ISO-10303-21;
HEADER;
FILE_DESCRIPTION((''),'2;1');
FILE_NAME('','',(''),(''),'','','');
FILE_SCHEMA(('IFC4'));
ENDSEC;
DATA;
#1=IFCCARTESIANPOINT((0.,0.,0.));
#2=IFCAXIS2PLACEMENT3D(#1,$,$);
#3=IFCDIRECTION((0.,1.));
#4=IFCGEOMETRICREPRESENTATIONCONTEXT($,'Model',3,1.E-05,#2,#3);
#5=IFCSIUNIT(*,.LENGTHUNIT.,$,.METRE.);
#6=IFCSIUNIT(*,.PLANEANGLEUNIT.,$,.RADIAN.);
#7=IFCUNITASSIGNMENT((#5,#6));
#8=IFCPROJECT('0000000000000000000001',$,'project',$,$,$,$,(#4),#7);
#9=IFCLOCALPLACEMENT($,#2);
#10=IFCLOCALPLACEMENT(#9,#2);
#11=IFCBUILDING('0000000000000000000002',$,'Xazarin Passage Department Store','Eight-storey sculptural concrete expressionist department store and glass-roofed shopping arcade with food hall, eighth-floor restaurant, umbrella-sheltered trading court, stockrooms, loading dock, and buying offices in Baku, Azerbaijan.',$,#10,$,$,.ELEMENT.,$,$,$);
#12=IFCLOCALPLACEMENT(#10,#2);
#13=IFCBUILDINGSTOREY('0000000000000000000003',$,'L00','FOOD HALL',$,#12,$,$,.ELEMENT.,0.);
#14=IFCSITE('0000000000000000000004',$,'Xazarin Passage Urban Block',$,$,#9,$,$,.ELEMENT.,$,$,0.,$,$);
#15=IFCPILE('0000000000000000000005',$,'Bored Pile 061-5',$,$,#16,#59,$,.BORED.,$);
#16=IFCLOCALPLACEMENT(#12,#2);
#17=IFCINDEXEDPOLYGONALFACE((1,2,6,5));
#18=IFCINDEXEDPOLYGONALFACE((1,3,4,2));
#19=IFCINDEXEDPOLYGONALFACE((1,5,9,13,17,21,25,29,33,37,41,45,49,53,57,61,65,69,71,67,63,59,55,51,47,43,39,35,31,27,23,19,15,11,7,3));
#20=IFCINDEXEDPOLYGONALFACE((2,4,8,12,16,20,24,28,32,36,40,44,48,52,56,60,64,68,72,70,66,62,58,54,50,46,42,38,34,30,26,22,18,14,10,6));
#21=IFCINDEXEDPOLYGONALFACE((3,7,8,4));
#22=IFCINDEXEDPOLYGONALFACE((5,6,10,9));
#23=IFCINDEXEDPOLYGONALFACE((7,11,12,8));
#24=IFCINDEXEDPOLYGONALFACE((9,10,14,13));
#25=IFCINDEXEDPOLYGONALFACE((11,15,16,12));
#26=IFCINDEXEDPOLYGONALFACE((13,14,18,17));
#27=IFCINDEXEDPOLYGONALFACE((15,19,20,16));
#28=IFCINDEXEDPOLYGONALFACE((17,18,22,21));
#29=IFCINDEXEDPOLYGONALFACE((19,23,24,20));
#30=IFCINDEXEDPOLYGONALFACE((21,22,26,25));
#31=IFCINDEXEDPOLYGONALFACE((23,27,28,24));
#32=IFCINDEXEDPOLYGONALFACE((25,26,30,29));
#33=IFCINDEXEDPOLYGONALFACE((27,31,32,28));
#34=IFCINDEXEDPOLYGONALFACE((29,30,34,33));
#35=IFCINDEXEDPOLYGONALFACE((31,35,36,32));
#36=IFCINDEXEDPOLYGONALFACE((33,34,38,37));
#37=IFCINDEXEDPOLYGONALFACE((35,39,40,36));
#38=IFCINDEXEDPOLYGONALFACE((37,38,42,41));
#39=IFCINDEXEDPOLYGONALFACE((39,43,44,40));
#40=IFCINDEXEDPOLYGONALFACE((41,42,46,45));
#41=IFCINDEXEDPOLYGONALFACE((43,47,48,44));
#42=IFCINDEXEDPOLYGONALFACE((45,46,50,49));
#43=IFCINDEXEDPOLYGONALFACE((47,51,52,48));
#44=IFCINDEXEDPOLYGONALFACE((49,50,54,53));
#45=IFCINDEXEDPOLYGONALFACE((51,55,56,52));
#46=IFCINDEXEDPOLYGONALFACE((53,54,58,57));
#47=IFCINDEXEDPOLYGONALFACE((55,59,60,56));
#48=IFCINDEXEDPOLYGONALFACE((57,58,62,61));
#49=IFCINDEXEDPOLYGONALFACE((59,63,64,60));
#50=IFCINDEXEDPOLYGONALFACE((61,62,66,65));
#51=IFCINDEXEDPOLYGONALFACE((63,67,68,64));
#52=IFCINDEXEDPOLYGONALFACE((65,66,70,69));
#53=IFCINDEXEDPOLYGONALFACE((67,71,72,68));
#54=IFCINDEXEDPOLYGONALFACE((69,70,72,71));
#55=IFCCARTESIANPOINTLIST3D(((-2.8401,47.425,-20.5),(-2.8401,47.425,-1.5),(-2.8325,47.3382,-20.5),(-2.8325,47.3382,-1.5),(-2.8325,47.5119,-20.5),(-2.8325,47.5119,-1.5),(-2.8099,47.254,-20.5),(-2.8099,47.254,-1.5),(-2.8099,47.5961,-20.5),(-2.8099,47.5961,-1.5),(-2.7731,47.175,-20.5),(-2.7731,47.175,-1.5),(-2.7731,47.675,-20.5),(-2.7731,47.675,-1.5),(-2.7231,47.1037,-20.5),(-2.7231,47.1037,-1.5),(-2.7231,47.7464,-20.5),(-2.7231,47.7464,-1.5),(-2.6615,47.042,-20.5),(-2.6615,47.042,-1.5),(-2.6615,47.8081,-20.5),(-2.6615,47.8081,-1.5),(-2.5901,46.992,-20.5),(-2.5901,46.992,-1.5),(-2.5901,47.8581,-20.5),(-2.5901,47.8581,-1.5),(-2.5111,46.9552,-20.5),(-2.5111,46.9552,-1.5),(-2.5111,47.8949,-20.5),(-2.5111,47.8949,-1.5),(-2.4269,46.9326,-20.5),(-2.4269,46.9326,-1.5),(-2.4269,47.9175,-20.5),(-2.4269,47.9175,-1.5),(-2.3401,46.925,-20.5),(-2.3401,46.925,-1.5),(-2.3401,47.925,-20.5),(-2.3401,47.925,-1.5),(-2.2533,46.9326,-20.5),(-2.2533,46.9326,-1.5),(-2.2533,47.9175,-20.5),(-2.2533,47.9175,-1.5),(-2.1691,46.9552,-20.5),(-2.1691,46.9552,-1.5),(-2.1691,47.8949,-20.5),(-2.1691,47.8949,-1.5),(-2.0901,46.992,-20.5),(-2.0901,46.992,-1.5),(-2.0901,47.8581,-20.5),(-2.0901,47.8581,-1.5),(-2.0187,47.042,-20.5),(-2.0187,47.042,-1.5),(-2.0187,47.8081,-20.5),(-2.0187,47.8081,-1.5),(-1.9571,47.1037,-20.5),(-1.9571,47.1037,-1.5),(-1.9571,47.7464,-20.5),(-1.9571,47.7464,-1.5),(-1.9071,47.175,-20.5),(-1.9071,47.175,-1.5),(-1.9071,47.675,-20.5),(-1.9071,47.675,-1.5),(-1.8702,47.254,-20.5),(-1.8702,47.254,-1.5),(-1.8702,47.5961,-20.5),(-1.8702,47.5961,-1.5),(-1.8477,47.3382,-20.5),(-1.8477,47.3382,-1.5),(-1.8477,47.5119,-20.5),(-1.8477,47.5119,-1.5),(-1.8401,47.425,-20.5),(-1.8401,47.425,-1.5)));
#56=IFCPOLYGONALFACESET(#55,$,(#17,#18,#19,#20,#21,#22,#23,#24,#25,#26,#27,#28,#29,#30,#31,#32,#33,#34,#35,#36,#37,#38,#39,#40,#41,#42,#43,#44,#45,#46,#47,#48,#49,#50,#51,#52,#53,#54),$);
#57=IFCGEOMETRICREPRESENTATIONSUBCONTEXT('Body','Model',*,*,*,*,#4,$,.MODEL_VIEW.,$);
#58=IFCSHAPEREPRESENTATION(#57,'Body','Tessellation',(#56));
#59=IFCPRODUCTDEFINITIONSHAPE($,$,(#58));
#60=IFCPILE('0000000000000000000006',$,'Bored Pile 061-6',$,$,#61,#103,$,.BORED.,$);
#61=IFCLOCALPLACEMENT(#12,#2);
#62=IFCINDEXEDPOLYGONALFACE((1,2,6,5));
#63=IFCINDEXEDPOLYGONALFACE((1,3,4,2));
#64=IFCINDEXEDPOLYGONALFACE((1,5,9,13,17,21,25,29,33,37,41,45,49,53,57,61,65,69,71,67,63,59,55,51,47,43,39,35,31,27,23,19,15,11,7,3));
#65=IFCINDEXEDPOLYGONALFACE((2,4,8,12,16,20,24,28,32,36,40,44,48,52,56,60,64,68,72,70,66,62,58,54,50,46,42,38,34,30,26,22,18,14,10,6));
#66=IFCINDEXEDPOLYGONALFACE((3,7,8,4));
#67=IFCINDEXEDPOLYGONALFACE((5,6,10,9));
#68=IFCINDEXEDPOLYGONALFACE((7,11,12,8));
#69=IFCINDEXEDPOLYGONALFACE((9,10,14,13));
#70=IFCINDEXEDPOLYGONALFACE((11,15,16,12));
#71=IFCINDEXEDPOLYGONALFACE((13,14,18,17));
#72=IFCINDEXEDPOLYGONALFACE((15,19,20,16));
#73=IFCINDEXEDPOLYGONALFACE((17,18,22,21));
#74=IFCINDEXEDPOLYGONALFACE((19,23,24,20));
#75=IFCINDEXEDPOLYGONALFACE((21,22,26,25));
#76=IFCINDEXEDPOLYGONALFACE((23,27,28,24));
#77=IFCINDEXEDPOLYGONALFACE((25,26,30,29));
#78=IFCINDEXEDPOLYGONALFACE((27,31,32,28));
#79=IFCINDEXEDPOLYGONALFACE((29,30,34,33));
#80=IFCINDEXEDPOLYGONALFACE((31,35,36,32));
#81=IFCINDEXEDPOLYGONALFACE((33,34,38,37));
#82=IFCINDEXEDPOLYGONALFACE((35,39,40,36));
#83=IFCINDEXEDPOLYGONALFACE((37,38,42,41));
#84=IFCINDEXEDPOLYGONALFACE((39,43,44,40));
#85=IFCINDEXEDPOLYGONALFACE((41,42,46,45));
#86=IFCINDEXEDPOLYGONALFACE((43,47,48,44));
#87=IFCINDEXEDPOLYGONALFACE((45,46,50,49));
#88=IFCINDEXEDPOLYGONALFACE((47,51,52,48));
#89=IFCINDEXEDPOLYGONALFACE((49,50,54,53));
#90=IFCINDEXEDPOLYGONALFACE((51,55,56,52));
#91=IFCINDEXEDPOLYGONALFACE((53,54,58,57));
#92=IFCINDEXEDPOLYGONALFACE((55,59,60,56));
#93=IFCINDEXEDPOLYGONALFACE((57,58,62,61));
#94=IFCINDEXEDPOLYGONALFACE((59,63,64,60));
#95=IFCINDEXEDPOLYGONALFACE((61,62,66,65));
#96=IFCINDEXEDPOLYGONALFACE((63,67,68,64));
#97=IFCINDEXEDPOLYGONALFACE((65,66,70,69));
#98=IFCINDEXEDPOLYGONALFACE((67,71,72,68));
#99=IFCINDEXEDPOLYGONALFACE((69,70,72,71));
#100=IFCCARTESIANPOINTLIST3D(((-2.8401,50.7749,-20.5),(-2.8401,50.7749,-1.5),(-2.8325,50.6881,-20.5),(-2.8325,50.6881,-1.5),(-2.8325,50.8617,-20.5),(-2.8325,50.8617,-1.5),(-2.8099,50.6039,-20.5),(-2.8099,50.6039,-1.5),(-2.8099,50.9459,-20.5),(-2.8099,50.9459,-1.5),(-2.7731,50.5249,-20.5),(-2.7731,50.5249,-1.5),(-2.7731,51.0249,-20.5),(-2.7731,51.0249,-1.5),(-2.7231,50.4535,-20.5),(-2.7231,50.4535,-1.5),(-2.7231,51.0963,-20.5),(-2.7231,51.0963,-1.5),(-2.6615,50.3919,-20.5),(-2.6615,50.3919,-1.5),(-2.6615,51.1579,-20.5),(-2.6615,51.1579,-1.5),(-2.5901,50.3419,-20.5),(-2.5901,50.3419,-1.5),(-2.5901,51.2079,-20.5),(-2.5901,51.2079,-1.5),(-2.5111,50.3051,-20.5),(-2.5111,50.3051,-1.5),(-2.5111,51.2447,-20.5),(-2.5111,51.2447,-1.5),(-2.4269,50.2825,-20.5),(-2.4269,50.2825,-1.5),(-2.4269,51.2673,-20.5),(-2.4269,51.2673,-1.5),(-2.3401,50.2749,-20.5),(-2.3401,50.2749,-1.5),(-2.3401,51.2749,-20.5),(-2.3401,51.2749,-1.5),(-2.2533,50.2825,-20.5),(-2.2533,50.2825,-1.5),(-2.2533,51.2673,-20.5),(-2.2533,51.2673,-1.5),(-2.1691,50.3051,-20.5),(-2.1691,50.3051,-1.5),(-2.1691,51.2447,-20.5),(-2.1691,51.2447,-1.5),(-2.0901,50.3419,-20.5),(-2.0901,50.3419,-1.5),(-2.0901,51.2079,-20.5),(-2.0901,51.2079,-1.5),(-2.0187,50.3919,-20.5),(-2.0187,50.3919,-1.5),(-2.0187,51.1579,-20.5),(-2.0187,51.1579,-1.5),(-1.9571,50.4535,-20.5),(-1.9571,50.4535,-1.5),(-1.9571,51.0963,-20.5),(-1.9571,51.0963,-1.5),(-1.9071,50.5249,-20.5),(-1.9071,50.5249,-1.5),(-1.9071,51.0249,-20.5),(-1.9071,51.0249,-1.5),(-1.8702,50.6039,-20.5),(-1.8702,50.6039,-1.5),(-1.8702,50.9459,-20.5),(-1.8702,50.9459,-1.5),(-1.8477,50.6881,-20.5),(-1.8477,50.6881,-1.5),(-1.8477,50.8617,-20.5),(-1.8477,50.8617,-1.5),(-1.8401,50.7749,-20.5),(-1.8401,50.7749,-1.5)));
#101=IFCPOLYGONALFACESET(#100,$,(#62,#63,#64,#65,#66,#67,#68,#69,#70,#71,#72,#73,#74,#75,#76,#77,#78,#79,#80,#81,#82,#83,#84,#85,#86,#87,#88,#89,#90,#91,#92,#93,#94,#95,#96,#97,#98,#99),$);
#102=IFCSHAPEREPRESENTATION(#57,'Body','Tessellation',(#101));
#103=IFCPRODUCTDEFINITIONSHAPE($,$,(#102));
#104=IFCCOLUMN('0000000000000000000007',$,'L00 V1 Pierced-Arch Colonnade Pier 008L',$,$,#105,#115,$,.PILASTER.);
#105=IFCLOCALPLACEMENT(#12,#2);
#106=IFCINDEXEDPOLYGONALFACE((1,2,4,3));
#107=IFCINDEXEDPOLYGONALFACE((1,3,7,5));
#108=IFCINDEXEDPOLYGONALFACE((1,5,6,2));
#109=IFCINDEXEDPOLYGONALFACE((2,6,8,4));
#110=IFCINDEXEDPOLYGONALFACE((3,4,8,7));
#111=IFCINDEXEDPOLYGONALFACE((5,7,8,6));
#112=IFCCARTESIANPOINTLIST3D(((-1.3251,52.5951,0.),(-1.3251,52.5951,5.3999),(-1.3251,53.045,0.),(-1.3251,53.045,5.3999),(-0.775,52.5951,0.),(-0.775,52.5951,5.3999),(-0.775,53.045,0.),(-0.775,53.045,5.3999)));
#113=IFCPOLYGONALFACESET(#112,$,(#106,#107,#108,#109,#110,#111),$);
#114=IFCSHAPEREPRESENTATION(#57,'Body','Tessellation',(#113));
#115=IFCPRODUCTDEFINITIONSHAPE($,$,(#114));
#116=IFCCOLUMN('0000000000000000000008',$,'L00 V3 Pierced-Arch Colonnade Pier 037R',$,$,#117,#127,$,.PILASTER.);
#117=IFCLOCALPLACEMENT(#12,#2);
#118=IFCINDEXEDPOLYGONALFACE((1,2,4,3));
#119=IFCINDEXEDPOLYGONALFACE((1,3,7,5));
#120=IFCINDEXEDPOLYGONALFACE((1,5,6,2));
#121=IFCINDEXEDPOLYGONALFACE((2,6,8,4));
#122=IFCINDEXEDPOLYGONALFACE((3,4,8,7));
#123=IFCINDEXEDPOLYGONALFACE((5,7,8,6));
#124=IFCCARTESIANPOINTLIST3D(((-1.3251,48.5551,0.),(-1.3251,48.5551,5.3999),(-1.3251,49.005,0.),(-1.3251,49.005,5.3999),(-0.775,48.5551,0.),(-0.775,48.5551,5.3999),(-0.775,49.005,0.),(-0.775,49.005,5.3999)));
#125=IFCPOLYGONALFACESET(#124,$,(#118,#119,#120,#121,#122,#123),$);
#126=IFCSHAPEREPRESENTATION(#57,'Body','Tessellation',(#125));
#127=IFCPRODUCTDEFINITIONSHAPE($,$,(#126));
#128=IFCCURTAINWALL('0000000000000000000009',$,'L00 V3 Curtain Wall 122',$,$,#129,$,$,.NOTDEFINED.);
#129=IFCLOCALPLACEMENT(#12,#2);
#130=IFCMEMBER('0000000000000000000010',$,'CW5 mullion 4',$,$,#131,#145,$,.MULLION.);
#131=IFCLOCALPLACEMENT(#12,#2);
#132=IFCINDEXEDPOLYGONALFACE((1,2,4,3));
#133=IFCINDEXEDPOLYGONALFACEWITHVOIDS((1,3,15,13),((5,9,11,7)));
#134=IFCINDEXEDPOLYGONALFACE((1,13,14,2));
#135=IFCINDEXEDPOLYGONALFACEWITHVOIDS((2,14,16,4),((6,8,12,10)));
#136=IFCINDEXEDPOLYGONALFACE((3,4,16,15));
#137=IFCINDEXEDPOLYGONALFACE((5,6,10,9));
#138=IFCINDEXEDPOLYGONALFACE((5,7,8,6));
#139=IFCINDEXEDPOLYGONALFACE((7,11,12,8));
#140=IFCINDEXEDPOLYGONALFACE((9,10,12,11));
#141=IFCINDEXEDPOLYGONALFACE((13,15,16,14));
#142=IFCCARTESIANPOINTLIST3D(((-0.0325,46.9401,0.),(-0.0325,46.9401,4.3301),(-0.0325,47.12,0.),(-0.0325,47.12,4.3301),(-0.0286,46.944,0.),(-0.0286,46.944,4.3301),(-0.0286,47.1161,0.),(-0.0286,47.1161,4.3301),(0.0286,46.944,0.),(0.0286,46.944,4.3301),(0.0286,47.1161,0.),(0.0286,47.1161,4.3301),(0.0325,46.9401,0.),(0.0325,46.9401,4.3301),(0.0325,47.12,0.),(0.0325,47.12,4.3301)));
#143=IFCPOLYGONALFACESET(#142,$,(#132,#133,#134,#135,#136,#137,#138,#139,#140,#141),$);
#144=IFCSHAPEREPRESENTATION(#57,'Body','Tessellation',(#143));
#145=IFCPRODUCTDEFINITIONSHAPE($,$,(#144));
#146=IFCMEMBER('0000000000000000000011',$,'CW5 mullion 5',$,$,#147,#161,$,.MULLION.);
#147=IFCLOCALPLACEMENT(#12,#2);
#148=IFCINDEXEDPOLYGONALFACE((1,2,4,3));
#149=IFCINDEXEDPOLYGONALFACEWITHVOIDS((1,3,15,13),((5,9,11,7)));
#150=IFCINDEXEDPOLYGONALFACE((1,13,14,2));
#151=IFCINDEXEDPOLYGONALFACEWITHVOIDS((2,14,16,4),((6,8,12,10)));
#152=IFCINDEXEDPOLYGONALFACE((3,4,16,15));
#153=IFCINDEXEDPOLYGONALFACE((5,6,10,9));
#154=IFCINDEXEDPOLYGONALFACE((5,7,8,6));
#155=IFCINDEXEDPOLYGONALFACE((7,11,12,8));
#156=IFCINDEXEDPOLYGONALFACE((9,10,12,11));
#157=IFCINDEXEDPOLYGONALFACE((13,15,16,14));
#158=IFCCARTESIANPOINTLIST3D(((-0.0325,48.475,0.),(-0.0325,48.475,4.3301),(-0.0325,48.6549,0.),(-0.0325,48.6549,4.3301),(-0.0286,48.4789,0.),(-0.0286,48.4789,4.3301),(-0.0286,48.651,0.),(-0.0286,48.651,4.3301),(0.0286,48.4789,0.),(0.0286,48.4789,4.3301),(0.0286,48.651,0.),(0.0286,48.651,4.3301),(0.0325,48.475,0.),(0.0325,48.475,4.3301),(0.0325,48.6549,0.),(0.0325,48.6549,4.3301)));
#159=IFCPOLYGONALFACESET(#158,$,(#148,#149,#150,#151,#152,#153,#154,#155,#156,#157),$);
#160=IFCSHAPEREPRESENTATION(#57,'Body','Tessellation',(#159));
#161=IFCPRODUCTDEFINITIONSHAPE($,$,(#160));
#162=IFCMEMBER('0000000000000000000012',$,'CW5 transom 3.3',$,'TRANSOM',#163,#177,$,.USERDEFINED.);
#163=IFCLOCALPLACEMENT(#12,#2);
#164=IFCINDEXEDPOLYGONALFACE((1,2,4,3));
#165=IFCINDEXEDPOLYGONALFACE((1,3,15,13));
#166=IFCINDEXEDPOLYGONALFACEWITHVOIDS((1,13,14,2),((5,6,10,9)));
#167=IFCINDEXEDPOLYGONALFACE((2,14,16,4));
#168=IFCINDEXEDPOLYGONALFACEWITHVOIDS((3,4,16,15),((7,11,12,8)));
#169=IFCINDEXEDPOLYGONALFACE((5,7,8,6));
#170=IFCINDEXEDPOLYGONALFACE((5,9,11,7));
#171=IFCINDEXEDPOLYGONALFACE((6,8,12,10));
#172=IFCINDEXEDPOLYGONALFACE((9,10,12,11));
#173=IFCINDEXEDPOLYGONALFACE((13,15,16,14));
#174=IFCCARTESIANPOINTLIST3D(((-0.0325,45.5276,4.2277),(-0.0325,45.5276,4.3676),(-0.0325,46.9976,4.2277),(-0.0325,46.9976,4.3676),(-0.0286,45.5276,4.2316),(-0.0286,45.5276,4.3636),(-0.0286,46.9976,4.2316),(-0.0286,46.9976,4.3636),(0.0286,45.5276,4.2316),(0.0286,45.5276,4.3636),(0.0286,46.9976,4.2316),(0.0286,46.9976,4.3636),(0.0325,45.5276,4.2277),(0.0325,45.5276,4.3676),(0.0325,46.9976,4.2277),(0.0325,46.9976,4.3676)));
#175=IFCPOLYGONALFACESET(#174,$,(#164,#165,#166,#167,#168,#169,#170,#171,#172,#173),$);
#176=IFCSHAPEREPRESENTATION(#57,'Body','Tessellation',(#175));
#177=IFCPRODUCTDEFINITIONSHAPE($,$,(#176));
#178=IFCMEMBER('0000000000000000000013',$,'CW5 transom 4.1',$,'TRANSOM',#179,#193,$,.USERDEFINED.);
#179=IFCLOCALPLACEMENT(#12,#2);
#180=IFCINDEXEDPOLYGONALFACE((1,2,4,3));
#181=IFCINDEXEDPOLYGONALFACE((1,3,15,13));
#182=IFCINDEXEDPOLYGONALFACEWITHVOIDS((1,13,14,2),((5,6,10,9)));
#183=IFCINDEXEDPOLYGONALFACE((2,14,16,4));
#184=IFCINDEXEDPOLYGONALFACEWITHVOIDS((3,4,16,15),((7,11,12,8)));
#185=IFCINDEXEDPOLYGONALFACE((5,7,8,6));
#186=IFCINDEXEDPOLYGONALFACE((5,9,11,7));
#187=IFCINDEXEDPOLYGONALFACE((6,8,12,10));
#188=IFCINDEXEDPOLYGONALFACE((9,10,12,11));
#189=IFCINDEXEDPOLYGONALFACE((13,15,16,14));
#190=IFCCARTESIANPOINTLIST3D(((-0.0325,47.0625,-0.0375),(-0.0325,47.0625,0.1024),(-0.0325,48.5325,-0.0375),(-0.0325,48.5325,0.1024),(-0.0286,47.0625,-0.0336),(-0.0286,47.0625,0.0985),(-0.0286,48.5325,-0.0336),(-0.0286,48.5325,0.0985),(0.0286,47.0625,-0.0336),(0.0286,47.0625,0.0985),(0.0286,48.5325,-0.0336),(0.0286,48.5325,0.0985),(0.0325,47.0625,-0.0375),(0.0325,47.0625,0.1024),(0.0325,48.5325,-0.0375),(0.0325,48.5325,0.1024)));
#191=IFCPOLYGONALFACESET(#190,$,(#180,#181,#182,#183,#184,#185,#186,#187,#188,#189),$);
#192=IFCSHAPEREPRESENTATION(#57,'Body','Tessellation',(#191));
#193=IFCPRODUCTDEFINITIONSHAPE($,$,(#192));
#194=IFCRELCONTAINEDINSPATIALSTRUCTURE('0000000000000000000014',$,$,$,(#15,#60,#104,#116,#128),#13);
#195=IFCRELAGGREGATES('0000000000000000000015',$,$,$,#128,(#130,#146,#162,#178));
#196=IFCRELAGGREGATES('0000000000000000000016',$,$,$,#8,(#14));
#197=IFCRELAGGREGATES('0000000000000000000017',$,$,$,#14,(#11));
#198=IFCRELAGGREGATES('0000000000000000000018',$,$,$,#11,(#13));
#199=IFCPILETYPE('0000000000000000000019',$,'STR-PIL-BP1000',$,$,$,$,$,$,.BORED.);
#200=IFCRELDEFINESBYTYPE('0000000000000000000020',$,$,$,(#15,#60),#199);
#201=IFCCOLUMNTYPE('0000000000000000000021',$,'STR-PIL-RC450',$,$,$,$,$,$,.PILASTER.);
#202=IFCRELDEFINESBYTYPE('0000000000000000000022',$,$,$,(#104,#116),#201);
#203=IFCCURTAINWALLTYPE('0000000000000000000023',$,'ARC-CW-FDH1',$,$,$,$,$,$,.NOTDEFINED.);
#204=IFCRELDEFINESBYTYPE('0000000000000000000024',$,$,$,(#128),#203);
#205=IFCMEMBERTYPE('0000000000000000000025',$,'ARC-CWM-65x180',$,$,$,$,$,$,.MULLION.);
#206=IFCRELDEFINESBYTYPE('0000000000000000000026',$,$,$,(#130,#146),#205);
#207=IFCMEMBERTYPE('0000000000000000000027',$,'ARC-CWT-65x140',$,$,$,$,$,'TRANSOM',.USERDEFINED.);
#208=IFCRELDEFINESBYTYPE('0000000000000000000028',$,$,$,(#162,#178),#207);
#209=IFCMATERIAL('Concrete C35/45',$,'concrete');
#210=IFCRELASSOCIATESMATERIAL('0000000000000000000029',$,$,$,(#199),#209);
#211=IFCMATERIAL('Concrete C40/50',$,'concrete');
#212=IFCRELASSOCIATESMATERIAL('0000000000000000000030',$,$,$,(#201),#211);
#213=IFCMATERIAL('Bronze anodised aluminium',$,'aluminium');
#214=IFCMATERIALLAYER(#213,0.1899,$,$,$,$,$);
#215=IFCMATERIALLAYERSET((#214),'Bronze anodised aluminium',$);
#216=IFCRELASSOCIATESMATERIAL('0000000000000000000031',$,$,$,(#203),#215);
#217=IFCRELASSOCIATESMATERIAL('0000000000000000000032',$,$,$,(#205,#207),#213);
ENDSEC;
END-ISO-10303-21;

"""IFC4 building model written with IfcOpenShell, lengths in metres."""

from ifc_helpers import new_model, si_unit, direction, frame, origin, origin_2d, place, context, subcontext, project, spatial, rectangle, hollow_rectangle, circle, extrude, material, layer, layer_set, material_profile, profile_set, type_object, element, aggregate, save


model = new_model("IFC4")

# Units and contexts
model_context = context("Model", 3, precision=1e-05, world=origin(), true_north=direction((0.0, 1.0)))
body_context = subcontext(model_context, "Body", "Model", "MODEL_VIEW")
ifc_project = project(units=[si_unit("LENGTHUNIT", "METRE"), si_unit("PLANEANGLEUNIT", "RADIAN")], contexts=[model_context])

# Site, building, storey
site_placement = place(None, origin())
site = spatial("IfcSite", under=ifc_project, at=site_placement, Name="Xazarin Passage Urban Block", CompositionType="ELEMENT", RefElevation=0.0)
building_placement = place(site_placement, origin())
building = spatial("IfcBuilding", under=site, at=building_placement, Name="Xazarin Passage Department Store", Description="Eight-storey sculptural concrete expressionist department store and glass-roofed shopping arcade with food hall, eighth-floor restaurant, umbrella-sheltered trading court, stockrooms, loading dock, and buying offices in Baku, Azerbaijan.", CompositionType="ELEMENT")
storey_placement = place(building_placement, origin())
storey = spatial("IfcBuildingStorey", under=building, at=storey_placement, Name="L00", Description="FOOD HALL", CompositionType="ELEMENT", Elevation=0.0)

# Piles
ifc_material_1 = material(Name="Concrete C35/45", Category="concrete")
ifc_material_profile_1 = material_profile(ifc_material_1, circle(Radius=0.5, at=origin_2d()), Name="BP 1000")
ifc_profile_set_1 = profile_set([ifc_material_profile_1], Name="Concrete C35/45")
pile_type = type_object("IfcPileType", Name="STR-PIL-BP1000", PredefinedType="BORED", material=ifc_profile_set_1)
for number, where, z_axis, x_axis, name in (
    (1, (-2.3401, 47.425, -1.5), (0.0, 0.0, -1.0), (1.0, 0.0, 0.0), "Bored Pile 061-5"),
    (2, (-2.3401, 50.7749, -1.5), (0.0, 0.0, -1.0), (1.0, 0.0, 0.0), "Bored Pile 061-6"),
):
    element("IfcPile", number, at=place(storey_placement, frame(where, z_axis=z_axis, x_axis=x_axis)), inside=storey, type_object=pile_type, Name=name, PredefinedType="BORED", context=body_context, shape_type="SweptSolid", body=[
        extrude(circle(Radius=0.5, at=origin_2d()), origin(), (0.0, 0.0, 1.0), 19.0),
    ])

# Columns
ifc_material_2 = material(Name="Concrete C40/50", Category="concrete")
ifc_material_profile_2 = material_profile(ifc_material_2, rectangle(XDim=0.45, YDim=0.55, at=origin_2d()), Name="RC 450x550")
ifc_profile_set_2 = profile_set([ifc_material_profile_2], Name="Concrete C40/50")
column_type = type_object("IfcColumnType", Name="STR-PIL-RC450", PredefinedType="PILASTER", material=ifc_profile_set_2)
for number, where, z_axis, x_axis, name in (
    (3, (-1.05, 52.8201, 0.0), (0.0, 0.0, 1.0), (0.0, 1.0, 0.0), "L00 V1 Pierced-Arch Colonnade Pier 008L"),
    (4, (-1.05, 48.78, 0.0), (0.0, 0.0, 1.0), (0.0, 1.0, 0.0), "L00 V3 Pierced-Arch Colonnade Pier 037R"),
):
    element("IfcColumn", number, at=place(storey_placement, frame(where, z_axis=z_axis, x_axis=x_axis)), inside=storey, type_object=column_type, Name=name, PredefinedType="PILASTER", context=body_context, shape_type="SweptSolid", body=[
        extrude(rectangle(XDim=0.45, YDim=0.55, at=origin_2d()), origin(), (0.0, 0.0, 1.0), 5.3999),
    ])

# Curtain wall, members
ifc_material_3 = material(Name="Bronze anodised aluminium", Category="aluminium")
ifc_layer_1 = layer(ifc_material_3, 0.1899)
ifc_layer_set_1 = layer_set([ifc_layer_1], Name="Bronze anodised aluminium")
curtain_wall_type = type_object("IfcCurtainWallType", Name="ARC-CW-FDH1", PredefinedType="NOTDEFINED", material=ifc_layer_set_1)
curtain_wall_placement = place(storey_placement, origin())
curtain_wall = element("IfcCurtainWall", 5, at=curtain_wall_placement, inside=storey, type_object=curtain_wall_type, Name="L00 V3 Curtain Wall 122", PredefinedType="NOTDEFINED")
ifc_material_profile_3 = material_profile(ifc_material_3, hollow_rectangle(XDim=0.0649, YDim=0.1799, WallThickness=0.0039, at=origin_2d()), Name="ALU 65x180")
ifc_profile_set_3 = profile_set([ifc_material_profile_3], Name="Bronze anodised aluminium")
member_type_1 = type_object("IfcMemberType", Name="ARC-CWM-65x180", PredefinedType="MULLION", material=ifc_profile_set_3)
member_1_placement = place(storey_placement, frame((0.0, 47.03, 0.0), z_axis=(0.0, 0.0, 1.0), x_axis=(-1.0, 0.0, 0.0)))
member_1 = element("IfcMember", 6, at=member_1_placement, type_object=member_type_1, Name="CW5 mullion 4", PredefinedType="MULLION", context=body_context, shape_type="SweptSolid", body=[
    extrude(hollow_rectangle(XDim=0.0649, YDim=0.1799, WallThickness=0.0039, at=origin_2d()), origin(), (0.0, 0.0, 1.0), 4.3301),
])
member_2_placement = place(storey_placement, frame((0.0, 48.5649, 0.0), z_axis=(0.0, 0.0, 1.0), x_axis=(-1.0, 0.0, 0.0)))
member_2 = element("IfcMember", 7, at=member_2_placement, type_object=member_type_1, Name="CW5 mullion 5", PredefinedType="MULLION", context=body_context, shape_type="SweptSolid", body=[
    extrude(hollow_rectangle(XDim=0.0649, YDim=0.1799, WallThickness=0.0039, at=origin_2d()), origin(), (0.0, 0.0, 1.0), 4.3301),
])
ifc_material_profile_4 = material_profile(ifc_material_3, hollow_rectangle(XDim=0.0649, YDim=0.1399, WallThickness=0.0039, at=origin_2d()), Name="ALU 65x140")
ifc_profile_set_4 = profile_set([ifc_material_profile_4], Name="Bronze anodised aluminium")
member_type_2 = type_object("IfcMemberType", Name="ARC-CWT-65x140", ElementType="TRANSOM", PredefinedType="USERDEFINED", material=ifc_profile_set_4)
member_3_placement = place(storey_placement, frame((0.0, 45.5276, 4.2976), z_axis=(0.0, 1.0, 0.0), x_axis=(-1.0, 0.0, 0.0)))
member_3 = element("IfcMember", 8, at=member_3_placement, type_object=member_type_2, Name="CW5 transom 3.3", ObjectType="TRANSOM", PredefinedType="USERDEFINED", context=body_context, shape_type="SweptSolid", body=[
    extrude(hollow_rectangle(XDim=0.0649, YDim=0.1399, WallThickness=0.0039, at=origin_2d()), origin(), (0.0, 0.0, 1.0), 1.47),
])
member_4_placement = place(storey_placement, frame((0.0, 47.0625, 0.0325), z_axis=(0.0, 1.0, 0.0), x_axis=(-1.0, 0.0, 0.0)))
member_4 = element("IfcMember", 9, at=member_4_placement, type_object=member_type_2, Name="CW5 transom 4.1", ObjectType="TRANSOM", PredefinedType="USERDEFINED", context=body_context, shape_type="SweptSolid", body=[
    extrude(hollow_rectangle(XDim=0.0649, YDim=0.1399, WallThickness=0.0039, at=origin_2d()), origin(), (0.0, 0.0, 1.0), 1.47),
])

aggregate(curtain_wall, [member_1, member_2, member_3, member_4])

save(model, "model.ifc")
